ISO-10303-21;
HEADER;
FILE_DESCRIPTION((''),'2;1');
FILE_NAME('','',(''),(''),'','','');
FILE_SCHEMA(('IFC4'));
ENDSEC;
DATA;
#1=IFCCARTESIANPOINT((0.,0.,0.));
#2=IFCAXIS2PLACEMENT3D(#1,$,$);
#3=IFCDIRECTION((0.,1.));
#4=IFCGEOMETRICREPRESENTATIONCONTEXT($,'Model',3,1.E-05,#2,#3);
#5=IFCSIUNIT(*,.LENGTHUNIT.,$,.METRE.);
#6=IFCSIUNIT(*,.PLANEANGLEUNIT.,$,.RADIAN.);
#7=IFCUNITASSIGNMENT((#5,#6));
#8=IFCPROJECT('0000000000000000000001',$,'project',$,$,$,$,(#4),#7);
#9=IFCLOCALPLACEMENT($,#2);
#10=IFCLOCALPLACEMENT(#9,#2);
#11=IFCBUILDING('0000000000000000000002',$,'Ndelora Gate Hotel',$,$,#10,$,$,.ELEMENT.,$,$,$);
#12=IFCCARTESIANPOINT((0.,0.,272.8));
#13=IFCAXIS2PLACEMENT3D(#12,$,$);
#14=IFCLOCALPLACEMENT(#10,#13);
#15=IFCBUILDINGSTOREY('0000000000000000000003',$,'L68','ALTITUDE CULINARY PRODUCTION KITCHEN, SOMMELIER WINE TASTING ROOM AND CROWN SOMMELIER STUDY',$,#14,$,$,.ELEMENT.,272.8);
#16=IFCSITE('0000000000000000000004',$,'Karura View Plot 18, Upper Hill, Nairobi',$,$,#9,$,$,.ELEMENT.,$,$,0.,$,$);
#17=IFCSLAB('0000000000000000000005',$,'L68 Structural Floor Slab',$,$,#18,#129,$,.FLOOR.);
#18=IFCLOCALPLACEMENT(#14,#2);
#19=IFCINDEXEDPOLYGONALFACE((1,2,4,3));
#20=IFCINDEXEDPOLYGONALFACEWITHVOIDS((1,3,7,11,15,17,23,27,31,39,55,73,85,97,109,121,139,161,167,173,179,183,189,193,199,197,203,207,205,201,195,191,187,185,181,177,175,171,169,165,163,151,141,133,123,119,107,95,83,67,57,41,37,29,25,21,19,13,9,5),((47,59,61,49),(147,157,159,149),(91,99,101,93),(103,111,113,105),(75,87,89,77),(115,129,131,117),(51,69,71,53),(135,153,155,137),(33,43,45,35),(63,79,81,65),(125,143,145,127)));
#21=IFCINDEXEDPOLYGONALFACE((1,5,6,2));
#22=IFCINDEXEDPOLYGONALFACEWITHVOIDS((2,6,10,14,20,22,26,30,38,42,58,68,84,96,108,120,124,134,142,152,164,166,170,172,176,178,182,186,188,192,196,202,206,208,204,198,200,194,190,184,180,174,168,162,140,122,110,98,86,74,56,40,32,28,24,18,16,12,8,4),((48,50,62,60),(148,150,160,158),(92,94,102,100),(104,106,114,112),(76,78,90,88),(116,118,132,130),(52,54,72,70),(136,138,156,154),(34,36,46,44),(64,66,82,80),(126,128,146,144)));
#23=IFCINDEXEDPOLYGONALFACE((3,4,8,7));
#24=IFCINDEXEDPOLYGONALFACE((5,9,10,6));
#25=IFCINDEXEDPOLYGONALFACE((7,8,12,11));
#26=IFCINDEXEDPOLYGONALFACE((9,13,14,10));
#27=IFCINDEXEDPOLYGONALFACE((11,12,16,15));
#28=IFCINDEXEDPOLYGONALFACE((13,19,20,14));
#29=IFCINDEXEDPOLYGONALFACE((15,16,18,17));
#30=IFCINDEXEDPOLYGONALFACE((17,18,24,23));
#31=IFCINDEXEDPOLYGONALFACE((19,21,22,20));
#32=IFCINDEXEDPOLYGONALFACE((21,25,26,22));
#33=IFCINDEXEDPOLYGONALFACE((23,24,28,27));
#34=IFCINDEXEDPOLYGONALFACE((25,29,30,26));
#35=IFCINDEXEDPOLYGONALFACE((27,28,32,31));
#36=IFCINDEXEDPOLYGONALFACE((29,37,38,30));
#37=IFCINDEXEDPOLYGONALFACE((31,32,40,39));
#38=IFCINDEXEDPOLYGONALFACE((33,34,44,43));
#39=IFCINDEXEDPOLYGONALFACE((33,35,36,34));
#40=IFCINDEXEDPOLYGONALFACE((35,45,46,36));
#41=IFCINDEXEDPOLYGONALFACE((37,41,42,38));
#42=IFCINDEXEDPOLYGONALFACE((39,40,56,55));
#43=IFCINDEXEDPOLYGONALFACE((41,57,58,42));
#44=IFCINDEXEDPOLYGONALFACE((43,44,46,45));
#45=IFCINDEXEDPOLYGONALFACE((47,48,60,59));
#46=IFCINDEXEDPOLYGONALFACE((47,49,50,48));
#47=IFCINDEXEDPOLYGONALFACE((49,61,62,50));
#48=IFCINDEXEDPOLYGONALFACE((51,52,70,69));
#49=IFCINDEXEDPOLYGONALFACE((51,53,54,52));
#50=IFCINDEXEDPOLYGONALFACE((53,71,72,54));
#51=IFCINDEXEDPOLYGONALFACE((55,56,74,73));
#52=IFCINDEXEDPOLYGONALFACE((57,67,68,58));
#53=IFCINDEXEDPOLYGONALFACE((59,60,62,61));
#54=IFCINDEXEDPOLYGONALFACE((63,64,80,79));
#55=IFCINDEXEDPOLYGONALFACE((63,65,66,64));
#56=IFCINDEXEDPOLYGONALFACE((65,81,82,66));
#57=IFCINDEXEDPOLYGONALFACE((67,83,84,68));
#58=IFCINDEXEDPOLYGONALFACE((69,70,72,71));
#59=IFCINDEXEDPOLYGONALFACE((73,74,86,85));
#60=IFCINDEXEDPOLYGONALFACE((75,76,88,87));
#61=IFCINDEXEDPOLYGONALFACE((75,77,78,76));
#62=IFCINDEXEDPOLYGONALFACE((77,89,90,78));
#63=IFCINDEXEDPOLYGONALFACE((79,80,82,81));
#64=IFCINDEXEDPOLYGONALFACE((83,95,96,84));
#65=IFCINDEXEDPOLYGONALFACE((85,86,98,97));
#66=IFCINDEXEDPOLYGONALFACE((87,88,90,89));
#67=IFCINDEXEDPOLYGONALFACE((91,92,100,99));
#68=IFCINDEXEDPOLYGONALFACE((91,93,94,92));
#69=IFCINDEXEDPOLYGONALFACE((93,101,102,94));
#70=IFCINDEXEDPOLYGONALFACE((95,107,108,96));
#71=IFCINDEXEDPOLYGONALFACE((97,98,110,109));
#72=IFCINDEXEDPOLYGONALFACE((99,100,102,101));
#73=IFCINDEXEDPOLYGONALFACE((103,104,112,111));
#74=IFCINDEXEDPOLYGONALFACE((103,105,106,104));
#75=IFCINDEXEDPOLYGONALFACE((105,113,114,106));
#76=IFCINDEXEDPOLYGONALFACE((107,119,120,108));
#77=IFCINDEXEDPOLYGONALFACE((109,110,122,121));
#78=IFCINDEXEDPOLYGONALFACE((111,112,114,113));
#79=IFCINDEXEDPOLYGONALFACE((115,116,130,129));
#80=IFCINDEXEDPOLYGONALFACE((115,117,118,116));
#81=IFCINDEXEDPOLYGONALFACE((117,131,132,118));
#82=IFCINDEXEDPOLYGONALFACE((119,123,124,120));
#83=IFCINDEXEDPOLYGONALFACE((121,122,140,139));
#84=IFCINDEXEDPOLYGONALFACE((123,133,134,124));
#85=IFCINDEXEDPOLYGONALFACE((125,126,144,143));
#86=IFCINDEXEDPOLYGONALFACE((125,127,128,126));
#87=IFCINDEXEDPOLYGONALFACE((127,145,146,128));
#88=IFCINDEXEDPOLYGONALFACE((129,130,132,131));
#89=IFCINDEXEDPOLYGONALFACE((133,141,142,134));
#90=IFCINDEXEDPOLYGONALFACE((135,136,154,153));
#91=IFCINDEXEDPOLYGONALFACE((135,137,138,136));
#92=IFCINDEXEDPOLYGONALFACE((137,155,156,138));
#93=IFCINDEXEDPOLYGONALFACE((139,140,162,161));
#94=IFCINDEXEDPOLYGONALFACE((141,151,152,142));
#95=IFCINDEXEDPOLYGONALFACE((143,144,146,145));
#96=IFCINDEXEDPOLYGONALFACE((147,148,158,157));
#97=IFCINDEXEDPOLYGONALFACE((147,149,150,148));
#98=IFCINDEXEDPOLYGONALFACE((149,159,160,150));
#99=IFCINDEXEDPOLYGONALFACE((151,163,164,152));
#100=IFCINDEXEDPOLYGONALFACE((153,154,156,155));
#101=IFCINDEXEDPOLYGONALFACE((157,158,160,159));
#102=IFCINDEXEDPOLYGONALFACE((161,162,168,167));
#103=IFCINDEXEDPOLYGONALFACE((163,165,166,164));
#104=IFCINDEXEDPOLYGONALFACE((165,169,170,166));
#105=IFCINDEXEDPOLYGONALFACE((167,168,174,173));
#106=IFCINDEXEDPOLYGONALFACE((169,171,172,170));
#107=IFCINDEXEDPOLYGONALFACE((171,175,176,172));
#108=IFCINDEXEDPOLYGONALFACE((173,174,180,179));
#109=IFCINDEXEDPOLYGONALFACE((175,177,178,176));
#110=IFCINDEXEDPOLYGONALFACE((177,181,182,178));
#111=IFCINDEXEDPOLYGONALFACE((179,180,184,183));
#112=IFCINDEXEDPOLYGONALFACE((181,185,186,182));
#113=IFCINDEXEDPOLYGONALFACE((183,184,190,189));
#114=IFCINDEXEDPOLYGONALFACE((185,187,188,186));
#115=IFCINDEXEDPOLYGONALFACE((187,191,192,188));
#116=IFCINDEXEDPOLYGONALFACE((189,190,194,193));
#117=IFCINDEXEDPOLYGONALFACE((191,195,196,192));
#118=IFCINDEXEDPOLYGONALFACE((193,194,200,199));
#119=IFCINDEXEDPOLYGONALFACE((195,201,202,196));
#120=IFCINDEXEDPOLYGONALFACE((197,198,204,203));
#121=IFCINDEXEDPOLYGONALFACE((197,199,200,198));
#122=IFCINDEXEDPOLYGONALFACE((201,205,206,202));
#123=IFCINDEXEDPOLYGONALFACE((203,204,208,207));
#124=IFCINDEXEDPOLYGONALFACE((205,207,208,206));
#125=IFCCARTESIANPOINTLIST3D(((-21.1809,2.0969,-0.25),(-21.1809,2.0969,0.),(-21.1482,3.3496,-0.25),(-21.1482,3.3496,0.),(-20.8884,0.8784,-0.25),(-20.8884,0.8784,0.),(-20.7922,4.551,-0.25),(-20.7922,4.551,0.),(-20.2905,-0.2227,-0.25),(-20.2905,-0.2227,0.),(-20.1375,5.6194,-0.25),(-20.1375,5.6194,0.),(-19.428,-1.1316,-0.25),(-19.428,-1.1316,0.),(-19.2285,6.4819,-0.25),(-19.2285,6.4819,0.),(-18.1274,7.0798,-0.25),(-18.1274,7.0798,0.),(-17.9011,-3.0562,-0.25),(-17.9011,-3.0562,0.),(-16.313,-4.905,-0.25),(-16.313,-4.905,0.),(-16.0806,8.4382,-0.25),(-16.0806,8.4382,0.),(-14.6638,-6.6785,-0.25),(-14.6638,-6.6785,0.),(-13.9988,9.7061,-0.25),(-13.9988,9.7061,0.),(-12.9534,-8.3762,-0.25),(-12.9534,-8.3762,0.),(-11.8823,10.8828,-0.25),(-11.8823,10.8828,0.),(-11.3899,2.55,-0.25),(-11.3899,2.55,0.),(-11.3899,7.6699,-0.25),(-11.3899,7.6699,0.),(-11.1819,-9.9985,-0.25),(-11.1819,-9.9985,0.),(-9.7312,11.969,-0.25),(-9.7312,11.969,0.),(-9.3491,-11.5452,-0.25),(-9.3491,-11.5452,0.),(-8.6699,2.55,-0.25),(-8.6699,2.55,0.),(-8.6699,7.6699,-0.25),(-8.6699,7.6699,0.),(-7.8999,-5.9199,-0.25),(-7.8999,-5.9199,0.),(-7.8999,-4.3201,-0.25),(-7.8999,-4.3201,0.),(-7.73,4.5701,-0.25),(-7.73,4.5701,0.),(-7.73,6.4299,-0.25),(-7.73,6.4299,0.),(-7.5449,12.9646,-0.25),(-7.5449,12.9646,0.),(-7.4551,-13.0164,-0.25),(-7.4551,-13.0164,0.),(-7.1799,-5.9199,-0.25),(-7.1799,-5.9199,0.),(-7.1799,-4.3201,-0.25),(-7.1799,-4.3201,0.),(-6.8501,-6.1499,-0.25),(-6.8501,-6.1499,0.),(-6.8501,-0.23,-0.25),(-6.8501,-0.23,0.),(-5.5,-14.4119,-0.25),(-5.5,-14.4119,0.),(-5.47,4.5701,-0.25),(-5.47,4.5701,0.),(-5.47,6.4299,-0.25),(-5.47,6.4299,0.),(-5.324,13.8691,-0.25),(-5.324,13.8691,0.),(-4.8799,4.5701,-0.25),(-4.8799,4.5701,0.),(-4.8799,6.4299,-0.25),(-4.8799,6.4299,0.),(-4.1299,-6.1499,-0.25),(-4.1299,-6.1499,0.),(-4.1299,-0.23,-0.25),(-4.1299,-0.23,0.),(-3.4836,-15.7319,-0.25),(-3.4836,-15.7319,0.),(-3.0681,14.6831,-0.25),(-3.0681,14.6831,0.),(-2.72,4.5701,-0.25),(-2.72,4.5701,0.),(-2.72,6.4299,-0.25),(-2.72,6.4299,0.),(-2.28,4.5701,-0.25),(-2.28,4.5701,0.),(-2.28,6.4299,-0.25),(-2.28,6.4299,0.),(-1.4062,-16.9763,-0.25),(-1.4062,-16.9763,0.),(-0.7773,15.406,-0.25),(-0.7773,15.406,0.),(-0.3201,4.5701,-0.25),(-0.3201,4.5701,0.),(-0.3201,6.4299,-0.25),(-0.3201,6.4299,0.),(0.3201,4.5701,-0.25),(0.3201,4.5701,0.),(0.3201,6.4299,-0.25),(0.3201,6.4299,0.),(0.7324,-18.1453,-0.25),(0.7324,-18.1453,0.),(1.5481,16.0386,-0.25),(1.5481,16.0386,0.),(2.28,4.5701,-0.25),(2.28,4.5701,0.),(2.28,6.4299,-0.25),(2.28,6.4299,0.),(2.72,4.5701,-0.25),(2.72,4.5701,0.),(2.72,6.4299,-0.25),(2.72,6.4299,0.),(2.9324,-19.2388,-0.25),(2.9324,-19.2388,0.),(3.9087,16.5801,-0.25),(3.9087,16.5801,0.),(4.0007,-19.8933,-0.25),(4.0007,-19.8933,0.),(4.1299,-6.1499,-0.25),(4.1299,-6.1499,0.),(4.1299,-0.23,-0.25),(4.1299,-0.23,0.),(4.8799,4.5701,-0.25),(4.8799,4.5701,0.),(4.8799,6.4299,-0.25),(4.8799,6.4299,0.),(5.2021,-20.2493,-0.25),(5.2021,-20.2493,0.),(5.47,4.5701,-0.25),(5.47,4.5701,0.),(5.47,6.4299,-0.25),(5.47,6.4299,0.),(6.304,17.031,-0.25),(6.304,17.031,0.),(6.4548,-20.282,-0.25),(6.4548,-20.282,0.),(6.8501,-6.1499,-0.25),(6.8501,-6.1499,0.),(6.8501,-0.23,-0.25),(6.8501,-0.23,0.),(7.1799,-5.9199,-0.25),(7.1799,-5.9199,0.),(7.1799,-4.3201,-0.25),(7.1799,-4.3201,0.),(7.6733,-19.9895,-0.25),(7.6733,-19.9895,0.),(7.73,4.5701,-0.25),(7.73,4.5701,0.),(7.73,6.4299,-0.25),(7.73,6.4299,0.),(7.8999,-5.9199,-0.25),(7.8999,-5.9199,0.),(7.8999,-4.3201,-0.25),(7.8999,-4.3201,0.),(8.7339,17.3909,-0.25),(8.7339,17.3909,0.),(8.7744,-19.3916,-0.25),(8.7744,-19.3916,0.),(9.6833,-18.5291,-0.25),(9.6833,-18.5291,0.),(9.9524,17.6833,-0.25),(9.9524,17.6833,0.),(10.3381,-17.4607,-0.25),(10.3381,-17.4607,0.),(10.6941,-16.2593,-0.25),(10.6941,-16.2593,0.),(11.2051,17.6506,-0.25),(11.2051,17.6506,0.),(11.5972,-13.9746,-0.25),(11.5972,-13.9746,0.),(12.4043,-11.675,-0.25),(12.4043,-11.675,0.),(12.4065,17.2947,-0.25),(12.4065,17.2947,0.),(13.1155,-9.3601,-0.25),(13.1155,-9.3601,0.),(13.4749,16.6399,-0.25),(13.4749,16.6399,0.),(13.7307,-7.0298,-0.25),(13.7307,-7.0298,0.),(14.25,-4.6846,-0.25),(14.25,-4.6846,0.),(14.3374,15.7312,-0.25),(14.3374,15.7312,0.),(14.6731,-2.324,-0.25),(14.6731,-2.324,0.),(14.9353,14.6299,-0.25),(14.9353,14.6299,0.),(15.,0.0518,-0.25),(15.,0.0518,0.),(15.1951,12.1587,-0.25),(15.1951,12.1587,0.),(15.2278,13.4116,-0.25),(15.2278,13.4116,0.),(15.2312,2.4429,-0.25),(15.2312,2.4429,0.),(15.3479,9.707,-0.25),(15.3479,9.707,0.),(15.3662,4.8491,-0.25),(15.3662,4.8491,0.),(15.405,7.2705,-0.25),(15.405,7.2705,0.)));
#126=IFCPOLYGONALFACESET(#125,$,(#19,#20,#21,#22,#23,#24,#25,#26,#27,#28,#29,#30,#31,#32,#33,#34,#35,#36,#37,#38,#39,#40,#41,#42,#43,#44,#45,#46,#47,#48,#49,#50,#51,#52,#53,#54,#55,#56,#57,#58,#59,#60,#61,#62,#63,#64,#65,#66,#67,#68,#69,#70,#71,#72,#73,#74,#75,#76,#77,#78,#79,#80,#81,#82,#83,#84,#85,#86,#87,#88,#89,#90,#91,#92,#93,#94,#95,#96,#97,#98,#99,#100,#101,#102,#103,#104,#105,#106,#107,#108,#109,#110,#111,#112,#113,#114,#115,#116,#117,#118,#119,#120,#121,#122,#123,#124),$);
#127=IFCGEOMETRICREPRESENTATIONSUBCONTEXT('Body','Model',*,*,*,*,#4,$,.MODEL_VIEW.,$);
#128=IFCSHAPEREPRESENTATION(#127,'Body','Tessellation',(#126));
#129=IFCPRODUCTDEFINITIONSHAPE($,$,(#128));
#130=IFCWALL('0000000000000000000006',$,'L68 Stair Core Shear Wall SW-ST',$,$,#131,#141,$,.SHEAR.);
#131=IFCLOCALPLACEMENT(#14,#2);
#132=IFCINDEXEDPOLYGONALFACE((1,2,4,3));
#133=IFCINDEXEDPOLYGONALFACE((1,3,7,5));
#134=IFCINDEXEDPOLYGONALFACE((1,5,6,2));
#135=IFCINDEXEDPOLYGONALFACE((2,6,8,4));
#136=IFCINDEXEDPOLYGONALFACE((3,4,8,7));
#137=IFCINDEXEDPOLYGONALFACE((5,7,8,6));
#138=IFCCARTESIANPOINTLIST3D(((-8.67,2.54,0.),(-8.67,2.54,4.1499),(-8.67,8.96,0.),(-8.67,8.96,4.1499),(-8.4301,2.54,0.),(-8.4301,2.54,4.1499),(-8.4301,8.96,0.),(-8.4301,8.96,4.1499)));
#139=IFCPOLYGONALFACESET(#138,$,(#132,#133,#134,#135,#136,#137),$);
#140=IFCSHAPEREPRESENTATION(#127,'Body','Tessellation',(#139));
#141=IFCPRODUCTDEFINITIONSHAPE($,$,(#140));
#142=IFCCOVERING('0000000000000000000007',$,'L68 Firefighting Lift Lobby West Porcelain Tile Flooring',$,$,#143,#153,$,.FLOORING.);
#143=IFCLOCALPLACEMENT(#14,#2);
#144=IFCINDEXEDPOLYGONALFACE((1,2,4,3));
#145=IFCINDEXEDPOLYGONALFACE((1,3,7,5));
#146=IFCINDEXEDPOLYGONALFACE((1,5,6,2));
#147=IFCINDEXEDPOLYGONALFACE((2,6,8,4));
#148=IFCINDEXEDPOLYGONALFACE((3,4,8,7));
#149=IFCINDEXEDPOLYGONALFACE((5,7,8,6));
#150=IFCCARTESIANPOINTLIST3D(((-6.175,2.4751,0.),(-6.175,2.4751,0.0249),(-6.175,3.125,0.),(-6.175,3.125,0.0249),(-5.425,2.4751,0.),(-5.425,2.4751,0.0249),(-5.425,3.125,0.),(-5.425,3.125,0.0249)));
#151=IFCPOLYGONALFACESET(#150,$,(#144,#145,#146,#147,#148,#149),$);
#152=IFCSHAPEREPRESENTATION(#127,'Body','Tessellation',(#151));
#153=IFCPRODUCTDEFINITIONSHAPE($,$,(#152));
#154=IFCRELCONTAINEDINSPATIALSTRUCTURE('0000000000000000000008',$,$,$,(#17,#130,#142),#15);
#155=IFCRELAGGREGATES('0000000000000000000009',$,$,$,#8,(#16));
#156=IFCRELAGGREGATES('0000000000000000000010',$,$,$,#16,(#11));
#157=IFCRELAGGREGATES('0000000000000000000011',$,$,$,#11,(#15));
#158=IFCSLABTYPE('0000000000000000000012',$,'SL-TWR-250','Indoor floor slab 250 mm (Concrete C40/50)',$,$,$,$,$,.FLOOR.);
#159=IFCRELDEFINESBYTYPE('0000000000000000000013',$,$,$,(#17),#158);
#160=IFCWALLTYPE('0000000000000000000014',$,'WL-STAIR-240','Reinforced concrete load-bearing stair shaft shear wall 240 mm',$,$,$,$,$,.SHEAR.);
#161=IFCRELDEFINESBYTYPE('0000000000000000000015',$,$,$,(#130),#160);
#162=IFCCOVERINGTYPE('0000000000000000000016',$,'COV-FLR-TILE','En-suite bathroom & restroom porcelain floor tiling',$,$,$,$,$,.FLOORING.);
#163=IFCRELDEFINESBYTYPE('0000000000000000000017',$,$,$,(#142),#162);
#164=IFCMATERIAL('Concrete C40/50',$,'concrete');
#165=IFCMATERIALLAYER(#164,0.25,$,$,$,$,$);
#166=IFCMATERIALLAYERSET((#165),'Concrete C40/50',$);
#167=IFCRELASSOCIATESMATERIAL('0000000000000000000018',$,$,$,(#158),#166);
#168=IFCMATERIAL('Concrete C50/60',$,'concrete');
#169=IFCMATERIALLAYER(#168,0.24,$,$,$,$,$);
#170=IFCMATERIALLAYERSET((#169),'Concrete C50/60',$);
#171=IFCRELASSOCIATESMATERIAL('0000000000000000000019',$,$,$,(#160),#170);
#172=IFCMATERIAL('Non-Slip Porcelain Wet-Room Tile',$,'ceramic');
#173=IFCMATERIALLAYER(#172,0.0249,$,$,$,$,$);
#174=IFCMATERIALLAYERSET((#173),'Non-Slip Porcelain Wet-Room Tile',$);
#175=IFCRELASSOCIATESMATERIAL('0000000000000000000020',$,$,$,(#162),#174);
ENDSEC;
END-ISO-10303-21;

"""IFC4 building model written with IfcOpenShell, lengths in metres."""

from ifc_helpers import new_model, si_unit, direction, frame, frame_2d, origin, origin_2d, place, context, subcontext, project, spatial, polyline, rectangle, outline, extrude, material, layer, layer_set, type_object, element, save


model = new_model("IFC4")

# Units and contexts
model_context = context("Model", 3, precision=1e-05, world=origin(), true_north=direction((0.0, 1.0)))
body_context = subcontext(model_context, "Body", "Model", "MODEL_VIEW")
ifc_project = project(units=[si_unit("LENGTHUNIT", "METRE"), si_unit("PLANEANGLEUNIT", "RADIAN")], contexts=[model_context])

# Site, building, storey
site_placement = place(None, origin())
site = spatial("IfcSite", under=ifc_project, at=site_placement, Name="Karura View Plot 18, Upper Hill, Nairobi", CompositionType="ELEMENT", RefElevation=0.0)
building_placement = place(site_placement, origin())
building = spatial("IfcBuilding", under=site, at=building_placement, Name="Ndelora Gate Hotel", CompositionType="ELEMENT")
storey_placement = place(building_placement, frame((0.0, 0.0, 272.8)))
storey = spatial("IfcBuildingStorey", under=building, at=storey_placement, Name="L68", Description="ALTITUDE CULINARY PRODUCTION KITCHEN, SOMMELIER WINE TASTING ROOM AND CROWN SOMMELIER STUDY", CompositionType="ELEMENT", Elevation=272.8)

# Shared definitions
ifc_material_1 = material(Name="Concrete C50/60", Category="concrete")

# Slab
ifc_material_2 = material(Name="Concrete C40/50", Category="concrete")
ifc_layer_1 = layer(ifc_material_2, 0.25)
ifc_layer_set_1 = layer_set([ifc_layer_1], Name="Concrete C40/50")
slab_type = type_object("IfcSlabType", Name="SL-TWR-250", Description="Indoor floor slab 250 mm (Concrete C40/50)", PredefinedType="FLOOR", material=ifc_layer_set_1)
slab_placement = place(storey_placement, frame((0.0, 0.0, -0.25)))
element("IfcSlab", 1, at=slab_placement, inside=storey, type_object=slab_type, Name="L68 Structural Floor Slab", PredefinedType="FLOOR", context=body_context, shape_type="SweptSolid", body=[
    extrude(outline(polyline([(-18.1274, 7.0798), (-19.2285, 6.4819), (-20.1375, 5.6194), (-20.7922, 4.551), (-21.1482, 3.3496), (-21.1809, 2.0969), (-20.8884, 0.8784), (-20.2905, -0.2227), (-19.428, -1.1316), (-17.9011, -3.0562), (-16.313, -4.905), (-14.6638, -6.6785), (-12.9534, -8.3762), (-11.1819, -9.9985), (-9.3491, -11.5452), (-7.4551, -13.0164), (-5.5, -14.4119), (-3.4836, -15.7319), (-1.4062, -16.9763), (0.7324, -18.1453), (2.9324, -19.2388), (4.0007, -19.8933), (5.2021, -20.2493), (6.4548, -20.282), (7.6733, -19.9895), (8.7744, -19.3916), (9.6833, -18.5291), (10.3381, -17.4607), (10.6941, -16.2593), (11.5972, -13.9746), (12.4043, -11.675), (13.1155, -9.3601), (13.7307, -7.0298), (14.25, -4.6846), (14.6731, -2.324), (15.0, 0.0518), (15.2312, 2.4429), (15.3662, 4.8491), (15.405, 7.2705), (15.3479, 9.707), (15.1951, 12.1587), (15.2278, 13.4116), (14.9353, 14.6299), (14.3374, 15.7312), (13.4749, 16.6399), (12.4065, 17.2947), (11.2051, 17.6506), (9.9524, 17.6833), (8.7339, 17.3909), (6.304, 17.031), (3.9087, 16.5801), (1.5481, 16.0386), (-0.7773, 15.406), (-3.0681, 14.6831), (-5.324, 13.8691), (-7.5449, 12.9646), (-9.7312, 11.969), (-11.8823, 10.8828), (-13.9988, 9.7061), (-16.0806, 8.4382), (-18.1274, 7.0798)]), holes=[polyline([(-6.8501, -0.23), (-6.8501, -6.1499), (-4.1299, -6.1499), (-4.1299, -0.23), (-6.8501, -0.23)]), polyline([(4.1299, -0.23), (4.1299, -6.1499), (6.8501, -6.1499), (6.8501, -0.23), (4.1299, -0.23)]), polyline([(-11.3899, 7.6699), (-11.3899, 2.55), (-8.6699, 2.55), (-8.6699, 7.6699), (-11.3899, 7.6699)]), polyline([(-7.73, 4.5701), (-5.47, 4.5701), (-5.47, 6.4299), (-7.73, 6.4299), (-7.73, 4.5701)]), polyline([(5.47, 4.5701), (7.73, 4.5701), (7.73, 6.4299), (5.47, 6.4299), (5.47, 4.5701)]), polyline([(-4.8799, 4.5701), (-2.72, 4.5701), (-2.72, 6.4299), (-4.8799, 6.4299), (-4.8799, 4.5701)]), polyline([(2.72, 4.5701), (4.8799, 4.5701), (4.8799, 6.4299), (2.72, 6.4299), (2.72, 4.5701)]), polyline([(-2.28, 4.5701), (-0.3201, 4.5701), (-0.3201, 6.4299), (-2.28, 6.4299), (-2.28, 4.5701)]), polyline([(0.3201, 4.5701), (2.28, 4.5701), (2.28, 6.4299), (0.3201, 6.4299), (0.3201, 4.5701)]), polyline([(-7.8999, -5.9199), (-7.1799, -5.9199), (-7.1799, -4.3201), (-7.8999, -4.3201), (-7.8999, -5.9199)]), polyline([(7.1799, -5.9199), (7.8999, -5.9199), (7.8999, -4.3201), (7.1799, -4.3201), (7.1799, -5.9199)])]), origin(), (0.0, 0.0, 1.0), 0.25),
])

# Shared definitions
ifc_layer_2 = layer(ifc_material_1, 0.24)
ifc_layer_set_2 = layer_set([ifc_layer_2], Name="Concrete C50/60")
wall_type_1 = type_object("IfcWallType", Name="WL-STAIR-240", Description="Reinforced concrete load-bearing stair shaft shear wall 240 mm", PredefinedType="SHEAR", material=ifc_layer_set_2)

# Wall
wall_1_placement = place(storey_placement, frame((-8.55, 2.54, 0.0), z_axis=(0.0, 0.0, 1.0), x_axis=(0.0, 1.0, 0.0)))
element("IfcWall", 2, at=wall_1_placement, inside=storey, type_object=wall_type_1, Name="L68 Stair Core Shear Wall SW-ST", PredefinedType="SHEAR", context=body_context, shape_type="SweptSolid", body=[
    extrude(rectangle(XDim=6.4199, YDim=0.24, at=frame_2d((3.21, 0.0))), origin(), (0.0, 0.0, 1.0), 4.1499),
])

# Covering
ifc_material_3 = material(Name="Non-Slip Porcelain Wet-Room Tile", Category="ceramic")
ifc_layer_3 = layer(ifc_material_3, 0.0249)
ifc_layer_set_3 = layer_set([ifc_layer_3], Name="Non-Slip Porcelain Wet-Room Tile")
covering_type = type_object("IfcCoveringType", Name="COV-FLR-TILE", Description="En-suite bathroom & restroom porcelain floor tiling", PredefinedType="FLOORING", material=ifc_layer_set_3)
covering_placement = place(storey_placement, frame((-5.8, 2.8, 0.0), z_axis=(0.0, 0.0, 1.0), x_axis=(1.0, 0.0, 0.0)))
element("IfcCovering", 3, at=covering_placement, inside=storey, type_object=covering_type, Name="L68 Firefighting Lift Lobby West Porcelain Tile Flooring", PredefinedType="FLOORING", context=body_context, shape_type="SweptSolid", body=[
    extrude(rectangle(XDim=0.75, YDim=0.6499, at=origin_2d()), origin(), (0.0, 0.0, 1.0), 0.0249),
])

save(model, "model.ifc")
